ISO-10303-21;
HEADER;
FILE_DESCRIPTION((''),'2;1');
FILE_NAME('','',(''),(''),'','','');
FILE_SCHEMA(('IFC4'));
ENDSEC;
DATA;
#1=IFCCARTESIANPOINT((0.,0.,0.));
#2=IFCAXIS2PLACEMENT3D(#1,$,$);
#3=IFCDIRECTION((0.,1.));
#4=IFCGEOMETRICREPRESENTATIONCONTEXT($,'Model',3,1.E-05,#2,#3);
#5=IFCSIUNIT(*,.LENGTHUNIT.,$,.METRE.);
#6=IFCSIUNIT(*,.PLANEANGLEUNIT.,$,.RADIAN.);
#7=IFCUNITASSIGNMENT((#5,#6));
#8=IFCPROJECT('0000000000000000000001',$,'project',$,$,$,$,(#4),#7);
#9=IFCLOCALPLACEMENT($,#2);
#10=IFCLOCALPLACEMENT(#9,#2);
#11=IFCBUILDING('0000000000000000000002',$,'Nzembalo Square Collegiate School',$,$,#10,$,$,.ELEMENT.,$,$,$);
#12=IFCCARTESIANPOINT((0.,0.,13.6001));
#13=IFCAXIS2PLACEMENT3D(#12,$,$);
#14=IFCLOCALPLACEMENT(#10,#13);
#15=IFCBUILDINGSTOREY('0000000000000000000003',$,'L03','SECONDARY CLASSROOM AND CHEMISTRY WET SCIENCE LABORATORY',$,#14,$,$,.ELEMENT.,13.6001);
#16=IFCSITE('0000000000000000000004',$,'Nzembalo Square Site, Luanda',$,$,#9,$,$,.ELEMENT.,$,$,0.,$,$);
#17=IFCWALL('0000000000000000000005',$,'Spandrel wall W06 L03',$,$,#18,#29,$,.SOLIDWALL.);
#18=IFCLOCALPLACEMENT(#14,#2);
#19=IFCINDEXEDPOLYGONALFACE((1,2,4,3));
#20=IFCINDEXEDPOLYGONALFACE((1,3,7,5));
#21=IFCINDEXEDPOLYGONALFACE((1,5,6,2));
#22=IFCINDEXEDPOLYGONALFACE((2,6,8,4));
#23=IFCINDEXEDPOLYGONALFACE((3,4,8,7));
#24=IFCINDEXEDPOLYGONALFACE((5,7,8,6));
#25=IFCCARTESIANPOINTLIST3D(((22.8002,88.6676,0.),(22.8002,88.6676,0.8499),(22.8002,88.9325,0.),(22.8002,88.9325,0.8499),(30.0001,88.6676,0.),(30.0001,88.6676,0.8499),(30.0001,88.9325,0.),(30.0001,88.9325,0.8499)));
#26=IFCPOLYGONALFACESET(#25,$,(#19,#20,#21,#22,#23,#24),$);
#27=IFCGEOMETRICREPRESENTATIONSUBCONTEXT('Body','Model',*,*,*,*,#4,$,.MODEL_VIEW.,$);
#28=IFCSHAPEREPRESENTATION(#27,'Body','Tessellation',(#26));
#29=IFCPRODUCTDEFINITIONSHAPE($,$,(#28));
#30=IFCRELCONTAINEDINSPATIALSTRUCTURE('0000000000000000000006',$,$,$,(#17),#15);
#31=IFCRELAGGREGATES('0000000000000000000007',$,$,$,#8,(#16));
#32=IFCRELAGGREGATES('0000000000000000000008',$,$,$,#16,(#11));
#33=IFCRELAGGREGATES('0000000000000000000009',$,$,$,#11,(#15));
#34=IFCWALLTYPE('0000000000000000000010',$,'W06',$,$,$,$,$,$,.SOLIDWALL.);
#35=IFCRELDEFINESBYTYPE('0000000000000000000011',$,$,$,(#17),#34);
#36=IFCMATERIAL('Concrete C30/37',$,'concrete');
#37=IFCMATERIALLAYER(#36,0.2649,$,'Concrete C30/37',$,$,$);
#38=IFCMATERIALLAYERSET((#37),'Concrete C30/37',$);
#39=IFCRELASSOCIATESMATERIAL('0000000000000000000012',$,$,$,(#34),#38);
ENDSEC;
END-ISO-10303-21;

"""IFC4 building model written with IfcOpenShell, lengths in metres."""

from ifc_helpers import new_model, si_unit, direction, frame, frame_2d, origin, place, context, subcontext, project, spatial, rectangle, extrude, material, layer, layer_set, type_object, element, save


model = new_model("IFC4")

# Units and contexts
model_context = context("Model", 3, precision=1e-05, world=origin(), true_north=direction((0.0, 1.0)))
body_context = subcontext(model_context, "Body", "Model", "MODEL_VIEW")
ifc_project = project(units=[si_unit("LENGTHUNIT", "METRE"), si_unit("PLANEANGLEUNIT", "RADIAN")], contexts=[model_context])

# Site, building, storey
site_placement = place(None, origin())
site = spatial("IfcSite", under=ifc_project, at=site_placement, Name="Nzembalo Square Site, Luanda", CompositionType="ELEMENT", RefElevation=0.0)
building_placement = place(site_placement, origin())
building = spatial("IfcBuilding", under=site, at=building_placement, Name="Nzembalo Square Collegiate School", CompositionType="ELEMENT")
storey_placement = place(building_placement, frame((0.0, 0.0, 13.6001)))
storey = spatial("IfcBuildingStorey", under=building, at=storey_placement, Name="L03", Description="SECONDARY CLASSROOM AND CHEMISTRY WET SCIENCE LABORATORY", CompositionType="ELEMENT", Elevation=13.6001)

# Wall
ifc_material_1 = material(Name="Concrete C30/37", Category="concrete")
ifc_layer_1 = layer(ifc_material_1, 0.2649, Name="Concrete C30/37")
ifc_layer_set_1 = layer_set([ifc_layer_1], Name="Concrete C30/37")
wall_type = type_object("IfcWallType", Name="W06", PredefinedType="SOLIDWALL", material=ifc_layer_set_1)
wall_placement = place(storey_placement, frame((22.8, 88.8, 0.0), z_axis=(0.0, 0.0, 1.0), x_axis=(1.0, 0.0, 0.0)))
element("IfcWall", 1, at=wall_placement, inside=storey, type_object=wall_type, Name="Spandrel wall W06 L03", PredefinedType="SOLIDWALL", context=body_context, shape_type="SweptSolid", body=[
    extrude(rectangle(XDim=7.2, YDim=0.2649, at=frame_2d((3.6001, 0.0))), origin(), (0.0, 0.0, 1.0), 0.8499),
])

save(model, "model.ifc")
